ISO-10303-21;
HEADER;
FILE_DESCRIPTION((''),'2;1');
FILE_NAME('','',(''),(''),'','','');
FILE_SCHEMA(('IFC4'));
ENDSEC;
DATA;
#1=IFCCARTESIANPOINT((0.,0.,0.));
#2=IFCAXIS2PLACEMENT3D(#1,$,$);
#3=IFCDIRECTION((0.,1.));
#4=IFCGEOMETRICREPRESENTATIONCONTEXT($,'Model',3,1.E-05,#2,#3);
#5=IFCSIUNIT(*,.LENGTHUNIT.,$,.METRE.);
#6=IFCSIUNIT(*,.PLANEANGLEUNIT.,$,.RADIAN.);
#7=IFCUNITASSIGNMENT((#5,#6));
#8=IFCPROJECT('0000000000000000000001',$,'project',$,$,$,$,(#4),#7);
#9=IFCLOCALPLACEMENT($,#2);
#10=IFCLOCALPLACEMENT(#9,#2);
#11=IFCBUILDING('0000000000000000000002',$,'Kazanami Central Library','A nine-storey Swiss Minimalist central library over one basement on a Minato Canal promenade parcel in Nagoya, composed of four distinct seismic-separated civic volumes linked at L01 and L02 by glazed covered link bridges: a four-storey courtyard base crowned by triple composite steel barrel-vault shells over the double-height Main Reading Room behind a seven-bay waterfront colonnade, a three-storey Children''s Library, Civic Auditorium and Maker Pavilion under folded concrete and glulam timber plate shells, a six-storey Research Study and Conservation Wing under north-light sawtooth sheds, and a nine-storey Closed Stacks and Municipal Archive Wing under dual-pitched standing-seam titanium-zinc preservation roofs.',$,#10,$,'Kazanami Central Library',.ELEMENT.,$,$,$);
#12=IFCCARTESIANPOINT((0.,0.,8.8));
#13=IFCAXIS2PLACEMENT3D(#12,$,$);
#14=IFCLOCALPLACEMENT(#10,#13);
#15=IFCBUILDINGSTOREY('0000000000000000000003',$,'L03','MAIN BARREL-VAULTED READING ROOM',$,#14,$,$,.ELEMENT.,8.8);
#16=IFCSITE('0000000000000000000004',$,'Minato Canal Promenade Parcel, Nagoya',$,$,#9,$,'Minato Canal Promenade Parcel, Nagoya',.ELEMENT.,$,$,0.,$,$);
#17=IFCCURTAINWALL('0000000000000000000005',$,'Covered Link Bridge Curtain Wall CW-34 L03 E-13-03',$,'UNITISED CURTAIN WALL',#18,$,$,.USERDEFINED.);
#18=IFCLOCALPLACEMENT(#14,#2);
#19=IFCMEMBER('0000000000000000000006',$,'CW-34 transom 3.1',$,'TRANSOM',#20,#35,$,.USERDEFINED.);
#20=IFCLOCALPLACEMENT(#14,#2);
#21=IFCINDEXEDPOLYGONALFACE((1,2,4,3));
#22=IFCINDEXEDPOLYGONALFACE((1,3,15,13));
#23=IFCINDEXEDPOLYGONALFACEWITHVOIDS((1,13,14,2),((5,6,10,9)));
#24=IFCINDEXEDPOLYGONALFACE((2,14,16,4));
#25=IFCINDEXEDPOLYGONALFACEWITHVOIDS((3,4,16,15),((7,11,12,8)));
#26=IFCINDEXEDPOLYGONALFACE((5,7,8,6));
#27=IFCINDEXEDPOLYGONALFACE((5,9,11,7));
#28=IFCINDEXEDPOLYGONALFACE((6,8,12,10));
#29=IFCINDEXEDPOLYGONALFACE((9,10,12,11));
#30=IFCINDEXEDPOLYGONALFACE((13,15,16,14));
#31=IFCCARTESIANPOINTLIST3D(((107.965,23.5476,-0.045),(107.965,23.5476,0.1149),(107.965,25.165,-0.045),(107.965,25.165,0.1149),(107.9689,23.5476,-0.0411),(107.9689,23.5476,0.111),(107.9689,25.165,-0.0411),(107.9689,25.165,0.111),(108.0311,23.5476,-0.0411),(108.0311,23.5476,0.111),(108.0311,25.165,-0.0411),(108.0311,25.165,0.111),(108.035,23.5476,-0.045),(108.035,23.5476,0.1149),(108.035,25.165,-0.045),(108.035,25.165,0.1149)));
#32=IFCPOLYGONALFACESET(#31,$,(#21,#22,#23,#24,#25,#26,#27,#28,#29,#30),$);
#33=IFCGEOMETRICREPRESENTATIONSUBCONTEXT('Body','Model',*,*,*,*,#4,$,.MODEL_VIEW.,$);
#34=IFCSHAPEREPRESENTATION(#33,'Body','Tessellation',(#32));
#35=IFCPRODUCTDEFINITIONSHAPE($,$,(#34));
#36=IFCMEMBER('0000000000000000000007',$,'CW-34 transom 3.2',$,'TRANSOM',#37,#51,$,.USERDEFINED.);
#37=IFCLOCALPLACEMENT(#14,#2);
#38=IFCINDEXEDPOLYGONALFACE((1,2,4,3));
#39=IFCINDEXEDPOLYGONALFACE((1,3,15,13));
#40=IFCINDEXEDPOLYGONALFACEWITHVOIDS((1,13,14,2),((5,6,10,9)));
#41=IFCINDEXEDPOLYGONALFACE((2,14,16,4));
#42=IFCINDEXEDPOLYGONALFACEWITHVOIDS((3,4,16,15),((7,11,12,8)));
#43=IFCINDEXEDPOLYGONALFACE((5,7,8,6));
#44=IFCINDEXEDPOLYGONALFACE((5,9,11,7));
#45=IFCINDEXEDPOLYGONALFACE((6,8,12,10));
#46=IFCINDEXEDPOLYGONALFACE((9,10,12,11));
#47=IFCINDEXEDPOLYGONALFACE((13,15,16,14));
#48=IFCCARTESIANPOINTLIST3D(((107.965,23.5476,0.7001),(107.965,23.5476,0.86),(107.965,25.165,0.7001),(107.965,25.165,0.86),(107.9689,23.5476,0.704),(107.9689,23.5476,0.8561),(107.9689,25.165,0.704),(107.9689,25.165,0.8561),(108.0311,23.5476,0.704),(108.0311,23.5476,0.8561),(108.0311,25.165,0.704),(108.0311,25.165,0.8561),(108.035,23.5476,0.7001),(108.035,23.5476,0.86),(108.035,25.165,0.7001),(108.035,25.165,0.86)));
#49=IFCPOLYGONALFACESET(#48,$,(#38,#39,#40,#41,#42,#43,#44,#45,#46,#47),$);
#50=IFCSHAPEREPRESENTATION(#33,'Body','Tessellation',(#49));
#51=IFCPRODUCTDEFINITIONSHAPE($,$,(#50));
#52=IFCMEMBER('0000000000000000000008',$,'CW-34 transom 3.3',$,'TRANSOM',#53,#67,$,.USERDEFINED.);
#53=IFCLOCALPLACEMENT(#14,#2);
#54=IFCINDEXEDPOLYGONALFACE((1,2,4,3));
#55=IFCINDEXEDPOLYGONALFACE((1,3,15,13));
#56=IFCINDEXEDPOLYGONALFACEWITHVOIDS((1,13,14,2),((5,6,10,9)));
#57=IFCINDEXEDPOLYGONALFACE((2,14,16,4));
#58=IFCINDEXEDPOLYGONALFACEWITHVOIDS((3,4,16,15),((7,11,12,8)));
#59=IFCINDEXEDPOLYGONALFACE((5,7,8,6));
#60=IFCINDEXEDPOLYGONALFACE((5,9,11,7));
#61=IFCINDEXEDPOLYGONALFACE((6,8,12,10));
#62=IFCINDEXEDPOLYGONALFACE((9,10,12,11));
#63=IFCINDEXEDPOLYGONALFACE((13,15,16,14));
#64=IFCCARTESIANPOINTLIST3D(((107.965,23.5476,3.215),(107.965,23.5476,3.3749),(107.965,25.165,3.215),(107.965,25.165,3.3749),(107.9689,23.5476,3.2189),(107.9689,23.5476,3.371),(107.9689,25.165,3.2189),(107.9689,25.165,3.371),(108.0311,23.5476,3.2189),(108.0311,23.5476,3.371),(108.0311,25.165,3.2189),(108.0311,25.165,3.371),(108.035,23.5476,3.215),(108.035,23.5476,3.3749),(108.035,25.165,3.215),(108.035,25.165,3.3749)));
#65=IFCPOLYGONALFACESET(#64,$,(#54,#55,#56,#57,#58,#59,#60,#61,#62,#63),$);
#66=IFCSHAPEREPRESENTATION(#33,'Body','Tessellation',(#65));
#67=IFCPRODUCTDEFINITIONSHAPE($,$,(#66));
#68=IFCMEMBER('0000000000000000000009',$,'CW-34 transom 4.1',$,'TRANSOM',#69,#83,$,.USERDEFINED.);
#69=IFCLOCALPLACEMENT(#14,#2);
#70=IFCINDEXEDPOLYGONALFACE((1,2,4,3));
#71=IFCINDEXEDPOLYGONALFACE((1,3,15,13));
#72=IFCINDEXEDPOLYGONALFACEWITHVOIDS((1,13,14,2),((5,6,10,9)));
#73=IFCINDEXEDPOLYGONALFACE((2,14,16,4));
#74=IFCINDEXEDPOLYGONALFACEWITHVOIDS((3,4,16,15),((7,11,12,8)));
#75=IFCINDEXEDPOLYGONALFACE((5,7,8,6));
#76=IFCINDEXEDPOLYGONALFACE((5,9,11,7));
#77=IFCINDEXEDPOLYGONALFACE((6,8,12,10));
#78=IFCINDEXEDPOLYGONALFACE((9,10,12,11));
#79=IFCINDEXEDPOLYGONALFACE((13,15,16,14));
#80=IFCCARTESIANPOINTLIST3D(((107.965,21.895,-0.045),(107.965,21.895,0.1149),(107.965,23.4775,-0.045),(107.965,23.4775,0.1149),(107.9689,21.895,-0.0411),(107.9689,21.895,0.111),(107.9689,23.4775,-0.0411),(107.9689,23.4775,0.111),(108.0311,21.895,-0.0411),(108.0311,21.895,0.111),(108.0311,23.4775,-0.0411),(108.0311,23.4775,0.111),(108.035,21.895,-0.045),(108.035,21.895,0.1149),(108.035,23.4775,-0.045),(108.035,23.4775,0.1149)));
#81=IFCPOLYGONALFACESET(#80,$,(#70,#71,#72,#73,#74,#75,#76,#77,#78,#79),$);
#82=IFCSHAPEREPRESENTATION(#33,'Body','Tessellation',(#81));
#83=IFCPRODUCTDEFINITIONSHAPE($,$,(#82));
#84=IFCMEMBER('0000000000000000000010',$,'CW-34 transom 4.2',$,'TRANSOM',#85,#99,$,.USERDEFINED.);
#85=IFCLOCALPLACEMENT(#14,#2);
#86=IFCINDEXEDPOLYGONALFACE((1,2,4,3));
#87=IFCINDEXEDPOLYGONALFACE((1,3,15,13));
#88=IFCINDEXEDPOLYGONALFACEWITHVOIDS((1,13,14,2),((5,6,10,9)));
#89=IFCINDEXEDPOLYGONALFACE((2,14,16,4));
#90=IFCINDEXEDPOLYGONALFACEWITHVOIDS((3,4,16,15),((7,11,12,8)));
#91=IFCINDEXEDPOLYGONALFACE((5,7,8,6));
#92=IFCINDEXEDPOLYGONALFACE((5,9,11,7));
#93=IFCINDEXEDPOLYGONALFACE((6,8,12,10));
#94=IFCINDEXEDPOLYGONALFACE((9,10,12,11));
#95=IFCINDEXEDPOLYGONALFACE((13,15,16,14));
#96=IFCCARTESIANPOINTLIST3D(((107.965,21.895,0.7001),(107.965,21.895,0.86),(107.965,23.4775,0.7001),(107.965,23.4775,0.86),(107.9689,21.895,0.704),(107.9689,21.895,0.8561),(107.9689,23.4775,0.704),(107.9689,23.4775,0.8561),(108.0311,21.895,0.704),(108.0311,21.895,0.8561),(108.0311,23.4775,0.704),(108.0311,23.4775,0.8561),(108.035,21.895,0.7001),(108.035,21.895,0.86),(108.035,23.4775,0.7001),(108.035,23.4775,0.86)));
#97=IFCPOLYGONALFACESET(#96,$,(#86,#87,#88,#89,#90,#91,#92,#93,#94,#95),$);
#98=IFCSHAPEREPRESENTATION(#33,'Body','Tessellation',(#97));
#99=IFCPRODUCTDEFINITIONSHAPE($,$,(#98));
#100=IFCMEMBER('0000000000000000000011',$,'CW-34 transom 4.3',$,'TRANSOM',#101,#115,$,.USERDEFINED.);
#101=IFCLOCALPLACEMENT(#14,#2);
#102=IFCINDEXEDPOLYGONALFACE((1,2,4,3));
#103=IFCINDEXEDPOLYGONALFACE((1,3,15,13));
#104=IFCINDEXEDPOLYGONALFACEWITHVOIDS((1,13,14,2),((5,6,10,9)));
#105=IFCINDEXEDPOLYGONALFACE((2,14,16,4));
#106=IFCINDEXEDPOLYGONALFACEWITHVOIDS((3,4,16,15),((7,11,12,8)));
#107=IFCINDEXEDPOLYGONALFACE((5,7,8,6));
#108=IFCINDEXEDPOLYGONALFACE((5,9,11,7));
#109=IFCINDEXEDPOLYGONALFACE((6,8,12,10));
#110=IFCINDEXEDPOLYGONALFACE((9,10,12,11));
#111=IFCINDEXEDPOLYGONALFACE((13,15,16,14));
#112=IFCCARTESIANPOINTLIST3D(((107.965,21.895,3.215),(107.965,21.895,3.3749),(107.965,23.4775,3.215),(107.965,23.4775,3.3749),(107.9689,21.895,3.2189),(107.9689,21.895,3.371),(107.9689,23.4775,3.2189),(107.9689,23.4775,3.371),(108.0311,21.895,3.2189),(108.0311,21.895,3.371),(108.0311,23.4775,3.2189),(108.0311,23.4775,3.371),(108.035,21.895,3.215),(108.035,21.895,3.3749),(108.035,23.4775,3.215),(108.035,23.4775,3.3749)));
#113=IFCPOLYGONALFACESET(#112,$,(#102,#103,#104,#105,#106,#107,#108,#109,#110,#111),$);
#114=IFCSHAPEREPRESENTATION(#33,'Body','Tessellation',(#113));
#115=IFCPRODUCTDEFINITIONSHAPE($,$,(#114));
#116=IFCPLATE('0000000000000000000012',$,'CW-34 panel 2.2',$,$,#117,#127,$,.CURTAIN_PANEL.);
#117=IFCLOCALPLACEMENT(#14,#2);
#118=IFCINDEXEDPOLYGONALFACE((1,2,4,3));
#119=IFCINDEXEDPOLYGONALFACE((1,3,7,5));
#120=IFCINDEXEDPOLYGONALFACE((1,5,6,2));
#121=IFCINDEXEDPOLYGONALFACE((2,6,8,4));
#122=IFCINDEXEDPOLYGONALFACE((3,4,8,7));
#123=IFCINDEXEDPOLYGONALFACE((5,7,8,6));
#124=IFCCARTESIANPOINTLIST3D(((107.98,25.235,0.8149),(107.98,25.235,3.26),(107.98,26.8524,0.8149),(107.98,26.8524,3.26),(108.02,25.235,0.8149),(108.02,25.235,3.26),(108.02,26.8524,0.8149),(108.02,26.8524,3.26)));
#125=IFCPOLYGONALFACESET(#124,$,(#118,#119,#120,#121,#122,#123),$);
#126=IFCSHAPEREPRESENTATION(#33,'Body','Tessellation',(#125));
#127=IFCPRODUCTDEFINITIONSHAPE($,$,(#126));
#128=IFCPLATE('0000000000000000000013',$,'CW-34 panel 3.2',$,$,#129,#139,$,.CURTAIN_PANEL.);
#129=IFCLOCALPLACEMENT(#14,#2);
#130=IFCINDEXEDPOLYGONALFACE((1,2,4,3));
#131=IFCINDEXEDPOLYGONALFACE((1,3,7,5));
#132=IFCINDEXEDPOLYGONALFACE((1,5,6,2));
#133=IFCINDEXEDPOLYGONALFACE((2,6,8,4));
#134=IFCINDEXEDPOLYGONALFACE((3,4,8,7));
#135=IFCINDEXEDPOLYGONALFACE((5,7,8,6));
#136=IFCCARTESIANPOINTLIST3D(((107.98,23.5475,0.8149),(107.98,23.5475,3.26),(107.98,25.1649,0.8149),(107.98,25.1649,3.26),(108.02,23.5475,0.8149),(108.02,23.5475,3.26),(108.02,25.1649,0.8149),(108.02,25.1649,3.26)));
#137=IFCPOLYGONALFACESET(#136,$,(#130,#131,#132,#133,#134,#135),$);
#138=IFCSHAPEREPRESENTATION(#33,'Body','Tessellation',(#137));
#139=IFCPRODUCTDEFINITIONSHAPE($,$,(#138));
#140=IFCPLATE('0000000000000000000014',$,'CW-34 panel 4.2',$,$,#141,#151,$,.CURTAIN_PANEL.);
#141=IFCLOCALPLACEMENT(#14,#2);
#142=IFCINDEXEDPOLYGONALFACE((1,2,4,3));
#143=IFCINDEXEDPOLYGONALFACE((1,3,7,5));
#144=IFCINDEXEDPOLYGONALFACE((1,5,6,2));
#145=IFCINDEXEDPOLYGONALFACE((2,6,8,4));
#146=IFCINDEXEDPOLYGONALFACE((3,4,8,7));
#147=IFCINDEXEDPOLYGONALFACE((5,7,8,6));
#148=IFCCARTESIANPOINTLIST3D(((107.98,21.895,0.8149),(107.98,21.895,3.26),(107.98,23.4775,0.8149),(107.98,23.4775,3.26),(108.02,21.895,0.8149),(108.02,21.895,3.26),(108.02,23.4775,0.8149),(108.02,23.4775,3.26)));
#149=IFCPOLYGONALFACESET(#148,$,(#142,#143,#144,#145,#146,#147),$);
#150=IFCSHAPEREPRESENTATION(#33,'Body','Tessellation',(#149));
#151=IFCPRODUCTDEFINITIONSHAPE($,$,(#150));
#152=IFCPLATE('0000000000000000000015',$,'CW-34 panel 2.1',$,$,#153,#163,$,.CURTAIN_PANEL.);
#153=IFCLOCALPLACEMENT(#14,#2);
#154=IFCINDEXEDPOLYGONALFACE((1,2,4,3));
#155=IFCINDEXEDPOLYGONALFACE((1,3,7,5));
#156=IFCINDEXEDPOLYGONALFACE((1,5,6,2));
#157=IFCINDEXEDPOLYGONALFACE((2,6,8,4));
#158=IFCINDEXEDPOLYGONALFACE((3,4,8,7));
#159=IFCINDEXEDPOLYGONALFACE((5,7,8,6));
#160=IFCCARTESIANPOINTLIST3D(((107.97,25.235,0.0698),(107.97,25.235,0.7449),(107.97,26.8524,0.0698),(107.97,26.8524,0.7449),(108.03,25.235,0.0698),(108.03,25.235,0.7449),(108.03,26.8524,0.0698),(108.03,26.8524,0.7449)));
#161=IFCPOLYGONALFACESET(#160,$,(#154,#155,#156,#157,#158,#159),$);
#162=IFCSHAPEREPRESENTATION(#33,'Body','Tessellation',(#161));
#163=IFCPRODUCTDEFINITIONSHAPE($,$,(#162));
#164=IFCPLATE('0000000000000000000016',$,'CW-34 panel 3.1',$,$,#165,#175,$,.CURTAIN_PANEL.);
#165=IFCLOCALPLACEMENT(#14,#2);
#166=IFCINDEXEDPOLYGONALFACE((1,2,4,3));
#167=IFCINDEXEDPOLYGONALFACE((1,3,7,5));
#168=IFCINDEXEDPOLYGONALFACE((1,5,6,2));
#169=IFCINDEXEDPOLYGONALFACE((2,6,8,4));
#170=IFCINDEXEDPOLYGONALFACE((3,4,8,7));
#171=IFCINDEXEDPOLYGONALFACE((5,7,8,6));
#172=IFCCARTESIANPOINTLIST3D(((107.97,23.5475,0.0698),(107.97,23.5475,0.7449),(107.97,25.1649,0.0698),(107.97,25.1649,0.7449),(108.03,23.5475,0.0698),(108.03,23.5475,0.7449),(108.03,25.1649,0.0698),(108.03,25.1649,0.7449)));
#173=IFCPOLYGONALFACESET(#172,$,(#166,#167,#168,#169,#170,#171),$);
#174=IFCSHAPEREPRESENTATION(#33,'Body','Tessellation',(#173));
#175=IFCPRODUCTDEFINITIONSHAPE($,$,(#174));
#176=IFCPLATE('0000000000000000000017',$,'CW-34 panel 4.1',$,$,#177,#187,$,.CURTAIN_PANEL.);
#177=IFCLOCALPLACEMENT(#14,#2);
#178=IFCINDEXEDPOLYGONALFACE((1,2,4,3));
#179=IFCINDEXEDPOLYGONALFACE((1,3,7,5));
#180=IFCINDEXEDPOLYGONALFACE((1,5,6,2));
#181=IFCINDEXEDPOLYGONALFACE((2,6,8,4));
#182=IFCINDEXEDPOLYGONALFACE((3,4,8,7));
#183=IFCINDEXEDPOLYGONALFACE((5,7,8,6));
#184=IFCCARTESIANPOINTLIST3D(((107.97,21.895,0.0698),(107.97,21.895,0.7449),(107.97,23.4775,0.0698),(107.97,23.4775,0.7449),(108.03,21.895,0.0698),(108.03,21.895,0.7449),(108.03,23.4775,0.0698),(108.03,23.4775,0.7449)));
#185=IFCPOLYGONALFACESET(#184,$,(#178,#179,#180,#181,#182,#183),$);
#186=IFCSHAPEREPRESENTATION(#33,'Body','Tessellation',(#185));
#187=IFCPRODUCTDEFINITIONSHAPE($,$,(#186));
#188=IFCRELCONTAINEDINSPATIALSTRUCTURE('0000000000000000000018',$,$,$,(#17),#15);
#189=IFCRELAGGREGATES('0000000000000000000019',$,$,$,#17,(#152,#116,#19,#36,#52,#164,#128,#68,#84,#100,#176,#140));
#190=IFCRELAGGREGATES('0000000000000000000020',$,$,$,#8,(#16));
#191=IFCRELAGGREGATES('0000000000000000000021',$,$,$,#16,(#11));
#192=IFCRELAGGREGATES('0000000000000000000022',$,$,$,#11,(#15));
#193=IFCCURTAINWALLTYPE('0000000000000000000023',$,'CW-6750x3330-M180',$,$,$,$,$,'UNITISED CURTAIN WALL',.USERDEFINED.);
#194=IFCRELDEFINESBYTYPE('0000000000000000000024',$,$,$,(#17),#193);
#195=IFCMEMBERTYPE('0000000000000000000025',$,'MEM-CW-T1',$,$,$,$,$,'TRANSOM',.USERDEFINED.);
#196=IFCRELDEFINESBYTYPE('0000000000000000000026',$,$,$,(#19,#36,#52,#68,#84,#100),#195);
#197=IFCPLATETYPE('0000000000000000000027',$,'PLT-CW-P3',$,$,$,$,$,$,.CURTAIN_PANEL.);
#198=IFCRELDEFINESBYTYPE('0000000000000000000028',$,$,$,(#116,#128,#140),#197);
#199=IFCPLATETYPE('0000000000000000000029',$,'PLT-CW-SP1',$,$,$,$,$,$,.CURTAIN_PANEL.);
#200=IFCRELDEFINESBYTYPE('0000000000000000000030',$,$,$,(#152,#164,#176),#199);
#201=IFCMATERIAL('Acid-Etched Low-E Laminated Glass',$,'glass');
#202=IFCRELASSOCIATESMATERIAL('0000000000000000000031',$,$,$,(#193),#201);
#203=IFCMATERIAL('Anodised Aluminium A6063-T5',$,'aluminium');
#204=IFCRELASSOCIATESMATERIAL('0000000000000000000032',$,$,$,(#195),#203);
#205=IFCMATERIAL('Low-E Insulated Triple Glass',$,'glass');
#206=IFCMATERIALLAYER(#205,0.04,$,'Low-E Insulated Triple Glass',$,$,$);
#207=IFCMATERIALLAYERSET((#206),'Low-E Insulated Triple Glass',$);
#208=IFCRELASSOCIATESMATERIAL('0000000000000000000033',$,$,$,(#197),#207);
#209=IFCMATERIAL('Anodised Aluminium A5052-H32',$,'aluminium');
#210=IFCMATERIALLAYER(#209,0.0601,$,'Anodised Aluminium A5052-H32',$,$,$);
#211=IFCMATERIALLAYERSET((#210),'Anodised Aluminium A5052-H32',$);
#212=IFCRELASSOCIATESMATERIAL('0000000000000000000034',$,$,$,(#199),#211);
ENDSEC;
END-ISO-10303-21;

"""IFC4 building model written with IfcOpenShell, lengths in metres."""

from ifc_helpers import new_model, si_unit, direction, frame, origin, origin_2d, place, context, subcontext, project, spatial, rectangle, hollow_rectangle, extrude, material, layer, layer_set, material_profile, profile_set, type_object, element, aggregate, save


model = new_model("IFC4")

# Units and contexts
model_context = context("Model", 3, precision=1e-05, world=origin(), true_north=direction((0.0, 1.0)))
body_context = subcontext(model_context, "Body", "Model", "MODEL_VIEW")
ifc_project = project(units=[si_unit("LENGTHUNIT", "METRE"), si_unit("PLANEANGLEUNIT", "RADIAN")], contexts=[model_context])

# Site, building, storey
site_placement = place(None, origin())
site = spatial("IfcSite", under=ifc_project, at=site_placement, Name="Minato Canal Promenade Parcel, Nagoya", LongName="Minato Canal Promenade Parcel, Nagoya", CompositionType="ELEMENT", RefElevation=0.0)
building_placement = place(site_placement, origin())
building = spatial("IfcBuilding", under=site, at=building_placement, Name="Kazanami Central Library", Description="A nine-storey Swiss Minimalist central library over one basement on a Minato Canal promenade parcel in Nagoya, composed of four distinct seismic-separated civic volumes linked at L01 and L02 by glazed covered link bridges: a four-storey courtyard base crowned by triple composite steel barrel-vault shells over the double-height Main Reading Room behind a seven-bay waterfront colonnade, a three-storey Children's Library, Civic Auditorium and Maker Pavilion under folded concrete and glulam timber plate shells, a six-storey Research Study and Conservation Wing under north-light sawtooth sheds, and a nine-storey Closed Stacks and Municipal Archive Wing under dual-pitched standing-seam titanium-zinc preservation roofs.", LongName="Kazanami Central Library", CompositionType="ELEMENT")
storey_placement = place(building_placement, frame((0.0, 0.0, 8.8)))
storey = spatial("IfcBuildingStorey", under=building, at=storey_placement, Name="L03", Description="MAIN BARREL-VAULTED READING ROOM", CompositionType="ELEMENT", Elevation=8.8)

# Shared definitions
ifc_material_1 = material(Name="Acid-Etched Low-E Laminated Glass", Category="glass")
ifc_material_2 = material(Name="Anodised Aluminium A6063-T5", Category="aluminium")

# Curtain wall, members, plates
curtain_wall_type_1 = type_object("IfcCurtainWallType", Name="CW-6750x3330-M180", ElementType="UNITISED CURTAIN WALL", PredefinedType="USERDEFINED", material=ifc_material_1)
curtain_wall_1_placement = place(storey_placement, origin())
curtain_wall_1 = element("IfcCurtainWall", 1, at=curtain_wall_1_placement, inside=storey, type_object=curtain_wall_type_1, Name="Covered Link Bridge Curtain Wall CW-34 L03 E-13-03", ObjectType="UNITISED CURTAIN WALL", PredefinedType="USERDEFINED")
ifc_material_profile_1 = material_profile(ifc_material_2, hollow_rectangle(XDim=0.0701, YDim=0.1599, WallThickness=0.0039, at=origin_2d()), Name="ALU-TRAN-70x160x4")
ifc_profile_set_1 = profile_set([ifc_material_profile_1], Name="Anodised Aluminium A6063-T5")
member_type_1 = type_object("IfcMemberType", Name="MEM-CW-T1", ElementType="TRANSOM", PredefinedType="USERDEFINED", material=ifc_profile_set_1)
member_1_placement = place(storey_placement, frame((108.0, 25.165, 0.0349), z_axis=(0.0, -1.0, 0.0), x_axis=(1.0, 0.0, 0.0)))
member_1 = element("IfcMember", 2, at=member_1_placement, type_object=member_type_1, Name="CW-34 transom 3.1", ObjectType="TRANSOM", PredefinedType="USERDEFINED", context=body_context, shape_type="SweptSolid", body=[
    extrude(hollow_rectangle(XDim=0.0701, YDim=0.1599, WallThickness=0.0039, at=origin_2d()), origin(), (0.0, 0.0, 1.0), 1.6174),
])
member_2_placement = place(storey_placement, frame((108.0, 25.165, 0.78), z_axis=(0.0, -1.0, 0.0), x_axis=(1.0, 0.0, 0.0)))
member_2 = element("IfcMember", 3, at=member_2_placement, type_object=member_type_1, Name="CW-34 transom 3.2", ObjectType="TRANSOM", PredefinedType="USERDEFINED", context=body_context, shape_type="SweptSolid", body=[
    extrude(hollow_rectangle(XDim=0.0701, YDim=0.1599, WallThickness=0.0039, at=origin_2d()), origin(), (0.0, 0.0, 1.0), 1.6174),
])
member_3_placement = place(storey_placement, frame((108.0, 25.165, 3.2949), z_axis=(0.0, -1.0, 0.0), x_axis=(1.0, 0.0, 0.0)))
member_3 = element("IfcMember", 4, at=member_3_placement, type_object=member_type_1, Name="CW-34 transom 3.3", ObjectType="TRANSOM", PredefinedType="USERDEFINED", context=body_context, shape_type="SweptSolid", body=[
    extrude(hollow_rectangle(XDim=0.0701, YDim=0.1599, WallThickness=0.0039, at=origin_2d()), origin(), (0.0, 0.0, 1.0), 1.6174),
])
member_4_placement = place(storey_placement, frame((108.0, 23.4775, 0.0349), z_axis=(0.0, -1.0, 0.0), x_axis=(1.0, 0.0, 0.0)))
member_4 = element("IfcMember", 5, at=member_4_placement, type_object=member_type_1, Name="CW-34 transom 4.1", ObjectType="TRANSOM", PredefinedType="USERDEFINED", context=body_context, shape_type="SweptSolid", body=[
    extrude(hollow_rectangle(XDim=0.0701, YDim=0.1599, WallThickness=0.0039, at=origin_2d()), origin(), (0.0, 0.0, 1.0), 1.5825),
])
member_5_placement = place(storey_placement, frame((108.0, 23.4775, 0.78), z_axis=(0.0, -1.0, 0.0), x_axis=(1.0, 0.0, 0.0)))
member_5 = element("IfcMember", 6, at=member_5_placement, type_object=member_type_1, Name="CW-34 transom 4.2", ObjectType="TRANSOM", PredefinedType="USERDEFINED", context=body_context, shape_type="SweptSolid", body=[
    extrude(hollow_rectangle(XDim=0.0701, YDim=0.1599, WallThickness=0.0039, at=origin_2d()), origin(), (0.0, 0.0, 1.0), 1.5825),
])
member_6_placement = place(storey_placement, frame((108.0, 23.4775, 3.2949), z_axis=(0.0, -1.0, 0.0), x_axis=(1.0, 0.0, 0.0)))
member_6 = element("IfcMember", 7, at=member_6_placement, type_object=member_type_1, Name="CW-34 transom 4.3", ObjectType="TRANSOM", PredefinedType="USERDEFINED", context=body_context, shape_type="SweptSolid", body=[
    extrude(hollow_rectangle(XDim=0.0701, YDim=0.1599, WallThickness=0.0039, at=origin_2d()), origin(), (0.0, 0.0, 1.0), 1.5825),
])
ifc_material_3 = material(Name="Low-E Insulated Triple Glass", Category="glass")
ifc_layer_1 = layer(ifc_material_3, 0.04, Name="Low-E Insulated Triple Glass")
ifc_layer_set_1 = layer_set([ifc_layer_1], Name="Low-E Insulated Triple Glass")
plate_type_1 = type_object("IfcPlateType", Name="PLT-CW-P3", PredefinedType="CURTAIN_PANEL", material=ifc_layer_set_1)
plate_1_placement = place(storey_placement, frame((108.0, 26.0437, 0.8149), z_axis=(0.0, 0.0, 1.0), x_axis=(0.0, -1.0, 0.0)))
plate_1 = element("IfcPlate", 8, at=plate_1_placement, type_object=plate_type_1, Name="CW-34 panel 2.2", PredefinedType="CURTAIN_PANEL", context=body_context, shape_type="SweptSolid", body=[
    extrude(rectangle(XDim=1.6174, YDim=0.04, at=origin_2d()), origin(), (0.0, 0.0, 1.0), 2.4451),
])
plate_2_placement = place(storey_placement, frame((108.0, 24.3562, 0.8149), z_axis=(0.0, 0.0, 1.0), x_axis=(0.0, -1.0, 0.0)))
plate_2 = element("IfcPlate", 9, at=plate_2_placement, type_object=plate_type_1, Name="CW-34 panel 3.2", PredefinedType="CURTAIN_PANEL", context=body_context, shape_type="SweptSolid", body=[
    extrude(rectangle(XDim=1.6174, YDim=0.04, at=origin_2d()), origin(), (0.0, 0.0, 1.0), 2.4451),
])
plate_3_placement = place(storey_placement, frame((108.0, 22.6863, 0.8149), z_axis=(0.0, 0.0, 1.0), x_axis=(0.0, -1.0, 0.0)))
plate_3 = element("IfcPlate", 10, at=plate_3_placement, type_object=plate_type_1, Name="CW-34 panel 4.2", PredefinedType="CURTAIN_PANEL", context=body_context, shape_type="SweptSolid", body=[
    extrude(rectangle(XDim=1.5825, YDim=0.04, at=origin_2d()), origin(), (0.0, 0.0, 1.0), 2.4451),
])
ifc_material_4 = material(Name="Anodised Aluminium A5052-H32", Category="aluminium")
ifc_layer_2 = layer(ifc_material_4, 0.0601, Name="Anodised Aluminium A5052-H32")
ifc_layer_set_2 = layer_set([ifc_layer_2], Name="Anodised Aluminium A5052-H32")
plate_type_2 = type_object("IfcPlateType", Name="PLT-CW-SP1", PredefinedType="CURTAIN_PANEL", material=ifc_layer_set_2)
plate_4_placement = place(storey_placement, frame((108.0, 26.0437, 0.0698), z_axis=(0.0, 0.0, 1.0), x_axis=(0.0, -1.0, 0.0)))
plate_4 = element("IfcPlate", 11, at=plate_4_placement, type_object=plate_type_2, Name="CW-34 panel 2.1", PredefinedType="CURTAIN_PANEL", context=body_context, shape_type="SweptSolid", body=[
    extrude(rectangle(XDim=1.6174, YDim=0.0601, at=origin_2d()), origin(), (0.0, 0.0, 1.0), 0.675),
])
plate_5_placement = place(storey_placement, frame((108.0, 24.3562, 0.0698), z_axis=(0.0, 0.0, 1.0), x_axis=(0.0, -1.0, 0.0)))
plate_5 = element("IfcPlate", 12, at=plate_5_placement, type_object=plate_type_2, Name="CW-34 panel 3.1", PredefinedType="CURTAIN_PANEL", context=body_context, shape_type="SweptSolid", body=[
    extrude(rectangle(XDim=1.6174, YDim=0.0601, at=origin_2d()), origin(), (0.0, 0.0, 1.0), 0.675),
])
plate_6_placement = place(storey_placement, frame((108.0, 22.6863, 0.0698), z_axis=(0.0, 0.0, 1.0), x_axis=(0.0, -1.0, 0.0)))
plate_6 = element("IfcPlate", 13, at=plate_6_placement, type_object=plate_type_2, Name="CW-34 panel 4.1", PredefinedType="CURTAIN_PANEL", context=body_context, shape_type="SweptSolid", body=[
    extrude(rectangle(XDim=1.5825, YDim=0.0601, at=origin_2d()), origin(), (0.0, 0.0, 1.0), 0.675),
])
aggregate(curtain_wall_1, [plate_4, plate_1, member_1, member_2, member_3, plate_5, plate_2, member_4, member_5, member_6, plate_6, plate_3])

save(model, "model.ifc")
